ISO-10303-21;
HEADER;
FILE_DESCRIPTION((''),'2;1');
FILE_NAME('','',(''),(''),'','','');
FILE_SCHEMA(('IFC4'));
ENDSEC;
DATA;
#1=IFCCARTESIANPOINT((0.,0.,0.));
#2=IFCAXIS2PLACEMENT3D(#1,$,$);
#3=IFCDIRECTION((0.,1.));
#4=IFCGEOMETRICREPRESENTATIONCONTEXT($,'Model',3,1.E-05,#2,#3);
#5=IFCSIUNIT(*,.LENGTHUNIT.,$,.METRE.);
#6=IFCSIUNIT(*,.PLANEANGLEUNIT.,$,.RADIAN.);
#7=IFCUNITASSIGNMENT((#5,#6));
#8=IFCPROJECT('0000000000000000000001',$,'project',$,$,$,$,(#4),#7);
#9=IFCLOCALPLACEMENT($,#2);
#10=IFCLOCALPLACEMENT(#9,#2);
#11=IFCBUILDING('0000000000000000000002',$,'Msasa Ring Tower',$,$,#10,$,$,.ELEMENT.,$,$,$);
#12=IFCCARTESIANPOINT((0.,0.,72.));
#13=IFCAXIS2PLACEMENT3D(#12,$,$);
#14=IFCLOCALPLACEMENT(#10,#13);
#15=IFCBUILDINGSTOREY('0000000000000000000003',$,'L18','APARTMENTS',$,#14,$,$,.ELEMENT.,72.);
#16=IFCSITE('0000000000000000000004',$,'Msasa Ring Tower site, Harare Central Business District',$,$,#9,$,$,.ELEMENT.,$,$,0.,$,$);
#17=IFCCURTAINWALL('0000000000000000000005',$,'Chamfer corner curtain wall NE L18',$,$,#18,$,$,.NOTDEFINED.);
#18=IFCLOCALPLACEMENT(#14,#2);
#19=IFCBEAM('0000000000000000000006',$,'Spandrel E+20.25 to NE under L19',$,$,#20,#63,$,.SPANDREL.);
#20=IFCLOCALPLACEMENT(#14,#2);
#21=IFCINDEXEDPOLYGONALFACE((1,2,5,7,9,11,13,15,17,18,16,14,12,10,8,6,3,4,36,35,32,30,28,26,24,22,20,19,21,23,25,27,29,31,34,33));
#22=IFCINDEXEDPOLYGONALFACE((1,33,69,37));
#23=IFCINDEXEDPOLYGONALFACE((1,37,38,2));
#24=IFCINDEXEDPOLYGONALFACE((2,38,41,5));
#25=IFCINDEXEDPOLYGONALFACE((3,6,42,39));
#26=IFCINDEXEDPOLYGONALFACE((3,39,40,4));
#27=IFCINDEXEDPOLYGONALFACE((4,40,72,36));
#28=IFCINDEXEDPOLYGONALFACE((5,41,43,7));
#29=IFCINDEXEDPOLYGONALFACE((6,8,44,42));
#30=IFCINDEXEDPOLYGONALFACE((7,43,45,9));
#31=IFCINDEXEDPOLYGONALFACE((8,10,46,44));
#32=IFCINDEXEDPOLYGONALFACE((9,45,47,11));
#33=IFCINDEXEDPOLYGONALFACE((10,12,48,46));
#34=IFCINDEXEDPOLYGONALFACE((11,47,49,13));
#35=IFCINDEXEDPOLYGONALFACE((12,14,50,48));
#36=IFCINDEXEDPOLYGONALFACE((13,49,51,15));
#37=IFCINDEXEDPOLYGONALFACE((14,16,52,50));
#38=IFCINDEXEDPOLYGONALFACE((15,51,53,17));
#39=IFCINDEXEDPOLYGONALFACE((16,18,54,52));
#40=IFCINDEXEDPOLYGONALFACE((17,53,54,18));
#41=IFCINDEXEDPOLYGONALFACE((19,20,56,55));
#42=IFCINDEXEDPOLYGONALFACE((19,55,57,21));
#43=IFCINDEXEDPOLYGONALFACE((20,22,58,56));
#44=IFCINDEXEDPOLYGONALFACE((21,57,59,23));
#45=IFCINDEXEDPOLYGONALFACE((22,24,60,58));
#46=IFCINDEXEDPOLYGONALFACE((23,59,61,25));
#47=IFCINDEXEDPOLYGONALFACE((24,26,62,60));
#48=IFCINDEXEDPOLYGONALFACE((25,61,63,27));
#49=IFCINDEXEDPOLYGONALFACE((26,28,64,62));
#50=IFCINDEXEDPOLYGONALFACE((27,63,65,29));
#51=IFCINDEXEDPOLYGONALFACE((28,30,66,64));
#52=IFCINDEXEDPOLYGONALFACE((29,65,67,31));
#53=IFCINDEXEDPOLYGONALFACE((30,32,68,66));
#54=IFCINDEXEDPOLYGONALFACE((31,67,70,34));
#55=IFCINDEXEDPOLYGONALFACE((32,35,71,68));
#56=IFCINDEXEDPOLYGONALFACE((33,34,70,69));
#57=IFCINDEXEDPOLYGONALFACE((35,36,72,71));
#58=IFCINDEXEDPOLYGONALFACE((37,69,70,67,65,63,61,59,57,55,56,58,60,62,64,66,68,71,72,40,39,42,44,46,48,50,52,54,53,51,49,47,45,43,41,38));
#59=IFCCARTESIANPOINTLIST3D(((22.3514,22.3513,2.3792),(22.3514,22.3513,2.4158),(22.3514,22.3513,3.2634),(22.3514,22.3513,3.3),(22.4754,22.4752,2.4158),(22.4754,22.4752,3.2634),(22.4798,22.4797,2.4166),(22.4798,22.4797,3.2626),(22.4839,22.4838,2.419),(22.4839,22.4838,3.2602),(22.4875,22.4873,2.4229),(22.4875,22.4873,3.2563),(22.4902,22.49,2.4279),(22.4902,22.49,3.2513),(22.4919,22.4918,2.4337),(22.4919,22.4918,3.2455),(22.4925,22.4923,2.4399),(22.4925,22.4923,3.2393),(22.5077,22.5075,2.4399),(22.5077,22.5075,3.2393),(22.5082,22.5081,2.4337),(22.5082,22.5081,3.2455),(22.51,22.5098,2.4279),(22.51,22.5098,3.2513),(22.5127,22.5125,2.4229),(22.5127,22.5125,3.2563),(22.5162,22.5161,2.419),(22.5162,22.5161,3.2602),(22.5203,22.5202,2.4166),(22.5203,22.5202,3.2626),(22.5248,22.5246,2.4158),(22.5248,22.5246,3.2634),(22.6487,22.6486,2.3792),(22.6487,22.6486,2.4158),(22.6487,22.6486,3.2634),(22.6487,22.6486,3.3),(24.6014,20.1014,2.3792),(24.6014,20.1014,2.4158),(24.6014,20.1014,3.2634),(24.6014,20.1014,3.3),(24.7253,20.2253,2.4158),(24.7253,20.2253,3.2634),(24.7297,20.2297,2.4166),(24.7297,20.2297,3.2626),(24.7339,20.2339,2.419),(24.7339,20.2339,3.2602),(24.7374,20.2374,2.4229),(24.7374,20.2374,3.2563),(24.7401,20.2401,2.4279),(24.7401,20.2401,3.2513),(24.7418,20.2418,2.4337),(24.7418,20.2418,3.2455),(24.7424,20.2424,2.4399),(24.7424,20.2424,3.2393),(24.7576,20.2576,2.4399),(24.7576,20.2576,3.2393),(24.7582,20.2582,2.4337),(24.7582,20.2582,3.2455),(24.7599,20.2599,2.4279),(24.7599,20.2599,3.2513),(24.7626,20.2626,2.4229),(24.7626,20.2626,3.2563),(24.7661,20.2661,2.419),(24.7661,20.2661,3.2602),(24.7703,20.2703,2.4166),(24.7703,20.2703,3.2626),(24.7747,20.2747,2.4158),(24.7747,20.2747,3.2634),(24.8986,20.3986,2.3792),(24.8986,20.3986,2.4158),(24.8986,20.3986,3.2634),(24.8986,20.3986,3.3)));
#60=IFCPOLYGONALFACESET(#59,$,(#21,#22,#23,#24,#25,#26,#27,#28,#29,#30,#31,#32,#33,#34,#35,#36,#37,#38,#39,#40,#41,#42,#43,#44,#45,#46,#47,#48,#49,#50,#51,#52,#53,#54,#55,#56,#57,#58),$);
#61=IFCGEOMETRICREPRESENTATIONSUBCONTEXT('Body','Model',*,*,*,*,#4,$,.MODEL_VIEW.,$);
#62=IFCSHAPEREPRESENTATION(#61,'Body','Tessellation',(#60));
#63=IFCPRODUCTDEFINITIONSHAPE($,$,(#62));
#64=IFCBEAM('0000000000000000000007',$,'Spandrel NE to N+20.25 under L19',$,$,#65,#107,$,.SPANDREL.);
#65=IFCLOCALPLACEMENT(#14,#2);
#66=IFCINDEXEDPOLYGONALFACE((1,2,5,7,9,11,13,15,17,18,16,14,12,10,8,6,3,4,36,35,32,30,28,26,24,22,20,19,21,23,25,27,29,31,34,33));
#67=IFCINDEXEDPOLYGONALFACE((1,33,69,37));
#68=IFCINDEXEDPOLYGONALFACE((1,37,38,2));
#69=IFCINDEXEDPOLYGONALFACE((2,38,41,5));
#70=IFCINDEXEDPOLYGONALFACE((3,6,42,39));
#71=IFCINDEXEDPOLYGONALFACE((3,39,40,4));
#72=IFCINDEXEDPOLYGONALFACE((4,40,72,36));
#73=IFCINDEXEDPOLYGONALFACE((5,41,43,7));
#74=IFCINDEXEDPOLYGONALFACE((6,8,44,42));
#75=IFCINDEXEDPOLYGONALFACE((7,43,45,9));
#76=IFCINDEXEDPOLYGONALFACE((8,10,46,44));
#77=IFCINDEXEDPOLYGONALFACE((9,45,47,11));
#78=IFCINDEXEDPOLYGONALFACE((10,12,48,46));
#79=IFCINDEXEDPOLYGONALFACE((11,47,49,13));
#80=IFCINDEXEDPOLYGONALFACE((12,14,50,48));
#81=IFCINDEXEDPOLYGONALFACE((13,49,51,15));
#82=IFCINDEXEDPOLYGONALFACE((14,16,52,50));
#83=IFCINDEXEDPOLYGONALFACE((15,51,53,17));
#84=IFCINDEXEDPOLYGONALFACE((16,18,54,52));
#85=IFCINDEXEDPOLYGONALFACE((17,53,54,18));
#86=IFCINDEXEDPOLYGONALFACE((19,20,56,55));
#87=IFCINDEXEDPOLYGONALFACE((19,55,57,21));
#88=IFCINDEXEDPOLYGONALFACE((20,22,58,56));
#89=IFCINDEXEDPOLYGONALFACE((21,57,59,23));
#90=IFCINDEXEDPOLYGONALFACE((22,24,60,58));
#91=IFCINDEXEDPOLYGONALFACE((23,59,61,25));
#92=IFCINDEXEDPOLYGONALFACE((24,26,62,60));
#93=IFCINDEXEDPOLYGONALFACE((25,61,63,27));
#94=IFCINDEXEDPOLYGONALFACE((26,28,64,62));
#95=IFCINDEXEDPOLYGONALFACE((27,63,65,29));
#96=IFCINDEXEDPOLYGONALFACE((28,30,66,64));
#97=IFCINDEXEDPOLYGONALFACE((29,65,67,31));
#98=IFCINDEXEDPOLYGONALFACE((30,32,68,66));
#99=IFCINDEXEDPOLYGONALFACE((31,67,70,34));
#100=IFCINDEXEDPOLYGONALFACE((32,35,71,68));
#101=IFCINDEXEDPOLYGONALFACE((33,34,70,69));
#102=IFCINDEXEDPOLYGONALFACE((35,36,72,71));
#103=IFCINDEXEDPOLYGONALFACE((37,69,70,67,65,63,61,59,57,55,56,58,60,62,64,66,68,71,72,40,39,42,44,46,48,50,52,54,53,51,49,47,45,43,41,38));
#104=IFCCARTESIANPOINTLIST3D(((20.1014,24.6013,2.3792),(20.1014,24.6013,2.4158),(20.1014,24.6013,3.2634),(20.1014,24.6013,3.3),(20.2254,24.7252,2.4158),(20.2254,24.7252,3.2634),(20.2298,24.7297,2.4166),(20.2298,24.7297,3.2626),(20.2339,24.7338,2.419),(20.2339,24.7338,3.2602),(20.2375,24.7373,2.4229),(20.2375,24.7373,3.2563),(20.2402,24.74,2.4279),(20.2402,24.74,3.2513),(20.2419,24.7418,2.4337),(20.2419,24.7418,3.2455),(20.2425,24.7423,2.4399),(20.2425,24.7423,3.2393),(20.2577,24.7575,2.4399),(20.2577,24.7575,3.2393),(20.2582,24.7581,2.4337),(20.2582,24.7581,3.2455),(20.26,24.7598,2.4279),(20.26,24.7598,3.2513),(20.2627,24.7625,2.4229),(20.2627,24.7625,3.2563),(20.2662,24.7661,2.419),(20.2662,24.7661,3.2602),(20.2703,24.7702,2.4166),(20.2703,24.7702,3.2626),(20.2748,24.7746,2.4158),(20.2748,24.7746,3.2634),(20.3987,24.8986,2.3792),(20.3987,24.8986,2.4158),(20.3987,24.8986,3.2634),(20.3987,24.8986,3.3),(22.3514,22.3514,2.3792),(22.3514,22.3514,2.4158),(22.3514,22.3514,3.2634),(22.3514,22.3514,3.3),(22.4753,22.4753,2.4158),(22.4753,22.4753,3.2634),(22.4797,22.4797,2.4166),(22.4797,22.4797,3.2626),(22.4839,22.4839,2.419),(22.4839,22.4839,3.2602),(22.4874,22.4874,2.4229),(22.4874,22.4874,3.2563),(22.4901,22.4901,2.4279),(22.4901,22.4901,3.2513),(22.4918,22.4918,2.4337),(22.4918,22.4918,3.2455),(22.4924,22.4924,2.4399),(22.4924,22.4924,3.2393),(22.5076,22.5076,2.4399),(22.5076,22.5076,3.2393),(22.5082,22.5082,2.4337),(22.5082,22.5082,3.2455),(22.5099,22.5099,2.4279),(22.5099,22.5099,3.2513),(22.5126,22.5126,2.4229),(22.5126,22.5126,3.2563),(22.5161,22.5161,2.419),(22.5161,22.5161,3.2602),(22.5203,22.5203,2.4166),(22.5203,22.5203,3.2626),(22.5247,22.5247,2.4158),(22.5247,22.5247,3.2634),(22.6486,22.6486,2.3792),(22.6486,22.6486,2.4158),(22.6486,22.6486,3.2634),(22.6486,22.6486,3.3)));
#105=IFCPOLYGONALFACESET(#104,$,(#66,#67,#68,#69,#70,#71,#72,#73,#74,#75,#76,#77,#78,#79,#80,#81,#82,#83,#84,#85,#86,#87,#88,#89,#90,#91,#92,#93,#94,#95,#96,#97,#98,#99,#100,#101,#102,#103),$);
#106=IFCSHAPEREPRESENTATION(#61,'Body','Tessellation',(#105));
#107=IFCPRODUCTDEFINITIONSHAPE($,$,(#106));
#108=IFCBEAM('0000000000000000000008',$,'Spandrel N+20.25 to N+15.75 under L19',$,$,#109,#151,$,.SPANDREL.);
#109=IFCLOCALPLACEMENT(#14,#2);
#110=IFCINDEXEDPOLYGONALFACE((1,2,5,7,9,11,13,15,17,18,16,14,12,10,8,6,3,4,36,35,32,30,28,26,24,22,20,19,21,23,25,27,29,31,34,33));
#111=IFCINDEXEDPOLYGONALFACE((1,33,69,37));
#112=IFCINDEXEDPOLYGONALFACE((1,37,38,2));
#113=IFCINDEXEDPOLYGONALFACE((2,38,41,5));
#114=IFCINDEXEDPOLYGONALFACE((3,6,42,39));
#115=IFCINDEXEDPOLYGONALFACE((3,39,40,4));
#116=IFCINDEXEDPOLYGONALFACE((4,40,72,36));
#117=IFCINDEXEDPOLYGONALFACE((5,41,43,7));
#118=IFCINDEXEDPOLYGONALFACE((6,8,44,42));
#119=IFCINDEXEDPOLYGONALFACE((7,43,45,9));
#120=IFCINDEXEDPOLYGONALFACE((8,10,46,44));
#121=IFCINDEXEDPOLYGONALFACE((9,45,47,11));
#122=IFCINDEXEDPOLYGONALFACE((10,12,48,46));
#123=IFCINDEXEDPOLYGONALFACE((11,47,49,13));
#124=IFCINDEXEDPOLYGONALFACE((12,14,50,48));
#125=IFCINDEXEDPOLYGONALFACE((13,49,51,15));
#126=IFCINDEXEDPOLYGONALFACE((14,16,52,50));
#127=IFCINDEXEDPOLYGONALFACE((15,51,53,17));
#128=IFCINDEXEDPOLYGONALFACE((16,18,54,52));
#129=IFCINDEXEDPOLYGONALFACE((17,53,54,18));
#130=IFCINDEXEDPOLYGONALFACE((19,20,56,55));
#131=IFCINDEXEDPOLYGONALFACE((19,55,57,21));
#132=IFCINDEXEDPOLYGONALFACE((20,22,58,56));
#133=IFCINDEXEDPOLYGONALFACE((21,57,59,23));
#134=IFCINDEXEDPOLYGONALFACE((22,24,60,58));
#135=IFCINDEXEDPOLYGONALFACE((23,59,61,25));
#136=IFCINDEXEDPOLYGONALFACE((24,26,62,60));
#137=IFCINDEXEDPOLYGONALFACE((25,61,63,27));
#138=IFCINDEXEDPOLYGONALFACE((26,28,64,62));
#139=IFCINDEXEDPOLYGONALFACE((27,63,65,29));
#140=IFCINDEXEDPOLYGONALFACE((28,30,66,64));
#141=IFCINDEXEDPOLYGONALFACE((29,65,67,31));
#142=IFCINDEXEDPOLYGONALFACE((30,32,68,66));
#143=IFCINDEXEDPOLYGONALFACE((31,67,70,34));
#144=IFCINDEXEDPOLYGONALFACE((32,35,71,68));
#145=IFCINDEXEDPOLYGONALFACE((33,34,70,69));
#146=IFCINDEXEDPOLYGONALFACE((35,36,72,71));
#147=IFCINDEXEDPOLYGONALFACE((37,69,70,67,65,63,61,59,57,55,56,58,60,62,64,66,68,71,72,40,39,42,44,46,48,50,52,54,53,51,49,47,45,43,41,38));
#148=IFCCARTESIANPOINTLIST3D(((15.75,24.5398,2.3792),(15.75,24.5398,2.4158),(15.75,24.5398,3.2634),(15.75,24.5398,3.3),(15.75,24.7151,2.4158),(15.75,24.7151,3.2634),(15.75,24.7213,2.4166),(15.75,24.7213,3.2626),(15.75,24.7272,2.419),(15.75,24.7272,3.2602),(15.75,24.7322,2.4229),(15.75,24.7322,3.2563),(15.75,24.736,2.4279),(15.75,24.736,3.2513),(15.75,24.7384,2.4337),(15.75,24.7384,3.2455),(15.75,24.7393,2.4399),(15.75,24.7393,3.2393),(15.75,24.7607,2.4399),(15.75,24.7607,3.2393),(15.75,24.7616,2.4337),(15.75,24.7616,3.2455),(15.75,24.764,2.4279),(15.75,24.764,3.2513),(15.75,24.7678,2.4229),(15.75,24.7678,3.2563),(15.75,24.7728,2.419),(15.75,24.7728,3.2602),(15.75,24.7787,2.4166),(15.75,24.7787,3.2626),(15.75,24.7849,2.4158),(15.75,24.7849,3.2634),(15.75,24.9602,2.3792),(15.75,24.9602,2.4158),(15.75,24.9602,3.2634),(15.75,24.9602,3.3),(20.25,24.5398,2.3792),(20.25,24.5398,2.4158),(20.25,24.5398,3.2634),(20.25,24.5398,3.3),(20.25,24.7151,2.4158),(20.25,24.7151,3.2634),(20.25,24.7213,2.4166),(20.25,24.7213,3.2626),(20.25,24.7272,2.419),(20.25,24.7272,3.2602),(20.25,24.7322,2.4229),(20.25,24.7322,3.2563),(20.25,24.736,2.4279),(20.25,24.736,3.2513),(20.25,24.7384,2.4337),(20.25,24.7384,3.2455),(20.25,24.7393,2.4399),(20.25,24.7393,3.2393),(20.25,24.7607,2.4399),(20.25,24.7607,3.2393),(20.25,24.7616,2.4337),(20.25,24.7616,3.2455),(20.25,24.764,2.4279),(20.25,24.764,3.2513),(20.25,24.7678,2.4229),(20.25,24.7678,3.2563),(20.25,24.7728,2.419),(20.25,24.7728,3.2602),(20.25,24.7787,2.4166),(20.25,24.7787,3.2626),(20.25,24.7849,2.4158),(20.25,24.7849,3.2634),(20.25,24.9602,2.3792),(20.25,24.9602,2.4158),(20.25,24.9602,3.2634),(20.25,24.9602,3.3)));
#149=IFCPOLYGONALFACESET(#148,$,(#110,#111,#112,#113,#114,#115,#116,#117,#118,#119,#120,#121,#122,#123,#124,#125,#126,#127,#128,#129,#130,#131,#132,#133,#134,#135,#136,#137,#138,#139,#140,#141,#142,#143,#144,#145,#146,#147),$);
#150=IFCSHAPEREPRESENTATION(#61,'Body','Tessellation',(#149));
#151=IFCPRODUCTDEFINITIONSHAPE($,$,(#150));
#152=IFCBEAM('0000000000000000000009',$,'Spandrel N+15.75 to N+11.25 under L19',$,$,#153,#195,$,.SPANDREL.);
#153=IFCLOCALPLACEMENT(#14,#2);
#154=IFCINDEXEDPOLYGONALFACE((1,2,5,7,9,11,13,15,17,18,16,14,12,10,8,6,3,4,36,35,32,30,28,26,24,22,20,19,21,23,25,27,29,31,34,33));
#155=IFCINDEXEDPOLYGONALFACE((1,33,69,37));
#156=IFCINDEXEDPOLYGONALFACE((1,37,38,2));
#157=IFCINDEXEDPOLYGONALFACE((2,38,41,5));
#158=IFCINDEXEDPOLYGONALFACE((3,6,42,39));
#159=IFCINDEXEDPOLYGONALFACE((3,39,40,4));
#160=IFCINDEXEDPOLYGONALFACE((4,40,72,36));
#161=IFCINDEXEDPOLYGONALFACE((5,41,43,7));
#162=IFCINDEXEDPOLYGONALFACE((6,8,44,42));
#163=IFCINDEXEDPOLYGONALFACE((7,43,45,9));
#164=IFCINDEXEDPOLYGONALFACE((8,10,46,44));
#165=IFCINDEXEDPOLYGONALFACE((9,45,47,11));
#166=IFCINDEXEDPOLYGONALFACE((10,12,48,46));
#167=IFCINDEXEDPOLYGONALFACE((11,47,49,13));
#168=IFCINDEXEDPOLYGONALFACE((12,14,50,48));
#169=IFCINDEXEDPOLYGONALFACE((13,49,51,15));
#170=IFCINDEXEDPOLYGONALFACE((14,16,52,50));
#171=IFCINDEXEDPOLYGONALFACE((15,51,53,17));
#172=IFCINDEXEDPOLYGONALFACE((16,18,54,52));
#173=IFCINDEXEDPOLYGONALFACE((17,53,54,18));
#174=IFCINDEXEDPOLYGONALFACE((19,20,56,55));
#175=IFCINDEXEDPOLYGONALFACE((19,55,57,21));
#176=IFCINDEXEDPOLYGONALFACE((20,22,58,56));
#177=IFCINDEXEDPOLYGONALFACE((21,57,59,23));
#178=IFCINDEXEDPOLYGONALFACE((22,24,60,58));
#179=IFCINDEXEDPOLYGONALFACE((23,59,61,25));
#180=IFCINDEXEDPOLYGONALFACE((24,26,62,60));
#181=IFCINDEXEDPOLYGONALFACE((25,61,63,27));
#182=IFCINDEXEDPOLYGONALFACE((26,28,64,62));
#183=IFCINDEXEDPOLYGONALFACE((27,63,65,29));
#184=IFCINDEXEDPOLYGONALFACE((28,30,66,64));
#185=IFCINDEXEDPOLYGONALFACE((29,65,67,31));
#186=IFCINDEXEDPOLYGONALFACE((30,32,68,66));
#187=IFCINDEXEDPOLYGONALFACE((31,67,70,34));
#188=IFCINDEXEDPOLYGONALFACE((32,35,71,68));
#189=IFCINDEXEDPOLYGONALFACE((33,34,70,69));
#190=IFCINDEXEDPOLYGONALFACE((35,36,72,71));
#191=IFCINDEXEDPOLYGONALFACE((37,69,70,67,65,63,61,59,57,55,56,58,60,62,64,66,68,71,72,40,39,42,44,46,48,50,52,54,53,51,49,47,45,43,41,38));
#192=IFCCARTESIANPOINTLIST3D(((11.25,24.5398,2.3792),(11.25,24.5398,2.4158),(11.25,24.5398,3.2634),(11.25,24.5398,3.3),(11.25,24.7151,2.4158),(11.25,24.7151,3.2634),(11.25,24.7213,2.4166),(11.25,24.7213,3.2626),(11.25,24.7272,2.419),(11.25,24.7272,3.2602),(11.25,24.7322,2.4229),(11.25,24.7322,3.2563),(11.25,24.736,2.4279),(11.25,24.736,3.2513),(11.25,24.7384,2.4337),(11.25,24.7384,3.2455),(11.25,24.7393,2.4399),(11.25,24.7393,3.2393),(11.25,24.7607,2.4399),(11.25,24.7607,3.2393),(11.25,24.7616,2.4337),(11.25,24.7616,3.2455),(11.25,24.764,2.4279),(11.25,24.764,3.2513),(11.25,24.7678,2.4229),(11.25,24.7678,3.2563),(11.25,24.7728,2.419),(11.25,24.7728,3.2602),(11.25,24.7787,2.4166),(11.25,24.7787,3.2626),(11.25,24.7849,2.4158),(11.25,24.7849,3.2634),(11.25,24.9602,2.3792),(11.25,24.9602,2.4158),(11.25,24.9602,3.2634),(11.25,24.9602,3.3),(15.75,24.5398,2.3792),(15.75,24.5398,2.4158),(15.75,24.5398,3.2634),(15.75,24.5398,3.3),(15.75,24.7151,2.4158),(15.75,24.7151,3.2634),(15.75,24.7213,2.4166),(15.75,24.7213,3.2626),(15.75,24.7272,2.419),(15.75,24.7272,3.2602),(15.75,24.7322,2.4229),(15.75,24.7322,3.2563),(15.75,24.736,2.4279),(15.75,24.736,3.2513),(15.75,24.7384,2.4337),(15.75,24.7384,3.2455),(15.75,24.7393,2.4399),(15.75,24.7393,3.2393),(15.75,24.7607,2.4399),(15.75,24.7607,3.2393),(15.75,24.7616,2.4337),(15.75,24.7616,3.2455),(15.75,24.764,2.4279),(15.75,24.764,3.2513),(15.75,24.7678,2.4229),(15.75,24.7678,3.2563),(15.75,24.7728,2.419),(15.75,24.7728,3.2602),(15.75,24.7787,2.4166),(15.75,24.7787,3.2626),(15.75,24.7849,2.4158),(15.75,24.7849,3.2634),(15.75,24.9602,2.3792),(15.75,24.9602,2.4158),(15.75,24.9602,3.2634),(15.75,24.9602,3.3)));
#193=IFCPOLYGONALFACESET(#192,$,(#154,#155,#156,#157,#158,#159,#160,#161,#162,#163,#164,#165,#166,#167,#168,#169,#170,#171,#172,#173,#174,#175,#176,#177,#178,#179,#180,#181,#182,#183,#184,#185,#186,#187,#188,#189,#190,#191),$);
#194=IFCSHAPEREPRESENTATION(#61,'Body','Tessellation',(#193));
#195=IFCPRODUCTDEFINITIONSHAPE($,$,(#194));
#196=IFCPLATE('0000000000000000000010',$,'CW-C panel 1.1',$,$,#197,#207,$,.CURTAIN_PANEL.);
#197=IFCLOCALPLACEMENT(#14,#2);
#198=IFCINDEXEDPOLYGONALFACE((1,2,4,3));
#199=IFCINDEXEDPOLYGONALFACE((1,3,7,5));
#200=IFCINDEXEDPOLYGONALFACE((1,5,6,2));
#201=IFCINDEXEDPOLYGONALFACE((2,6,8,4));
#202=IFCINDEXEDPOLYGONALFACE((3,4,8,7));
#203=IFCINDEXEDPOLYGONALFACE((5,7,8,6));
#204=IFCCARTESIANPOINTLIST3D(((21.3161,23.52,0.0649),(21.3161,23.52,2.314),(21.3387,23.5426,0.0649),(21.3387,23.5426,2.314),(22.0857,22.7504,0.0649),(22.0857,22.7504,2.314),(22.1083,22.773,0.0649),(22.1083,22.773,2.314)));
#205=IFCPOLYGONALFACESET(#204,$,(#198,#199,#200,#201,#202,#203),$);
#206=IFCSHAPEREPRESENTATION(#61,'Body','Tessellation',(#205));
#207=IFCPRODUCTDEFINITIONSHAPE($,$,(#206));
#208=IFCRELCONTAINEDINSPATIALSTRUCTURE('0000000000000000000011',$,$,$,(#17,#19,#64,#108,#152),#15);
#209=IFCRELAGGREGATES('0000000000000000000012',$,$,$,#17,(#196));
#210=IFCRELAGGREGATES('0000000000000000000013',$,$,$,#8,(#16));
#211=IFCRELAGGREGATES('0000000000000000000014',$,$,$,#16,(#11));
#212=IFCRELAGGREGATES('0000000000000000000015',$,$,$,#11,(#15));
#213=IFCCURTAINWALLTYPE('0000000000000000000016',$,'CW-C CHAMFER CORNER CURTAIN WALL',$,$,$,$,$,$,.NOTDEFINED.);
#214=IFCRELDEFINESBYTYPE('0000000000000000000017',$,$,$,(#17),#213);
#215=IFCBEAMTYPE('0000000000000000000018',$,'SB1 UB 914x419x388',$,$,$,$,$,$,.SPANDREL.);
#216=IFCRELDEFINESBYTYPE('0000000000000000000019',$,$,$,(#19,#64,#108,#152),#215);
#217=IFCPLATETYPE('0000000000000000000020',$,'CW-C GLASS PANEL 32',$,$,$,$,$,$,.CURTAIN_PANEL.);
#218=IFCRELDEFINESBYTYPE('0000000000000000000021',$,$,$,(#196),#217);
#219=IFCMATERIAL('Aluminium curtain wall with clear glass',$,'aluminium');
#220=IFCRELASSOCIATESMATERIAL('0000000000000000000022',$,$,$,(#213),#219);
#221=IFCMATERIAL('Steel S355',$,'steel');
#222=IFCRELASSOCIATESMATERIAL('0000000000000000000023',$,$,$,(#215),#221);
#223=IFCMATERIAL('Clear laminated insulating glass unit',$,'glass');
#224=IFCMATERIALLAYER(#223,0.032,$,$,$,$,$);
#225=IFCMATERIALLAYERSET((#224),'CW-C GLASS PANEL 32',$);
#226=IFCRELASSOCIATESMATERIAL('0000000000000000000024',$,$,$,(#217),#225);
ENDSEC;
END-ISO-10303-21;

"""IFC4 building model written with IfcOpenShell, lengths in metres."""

from ifc_helpers import new_model, si_unit, direction, frame, origin, origin_2d, place, context, subcontext, project, spatial, rectangle, i_section, extrude, material, layer, layer_set, material_profile, profile_set, type_object, element, aggregate, save


model = new_model("IFC4")

# Units and contexts
model_context = context("Model", 3, precision=1e-05, world=origin(), true_north=direction((0.0, 1.0)))
body_context = subcontext(model_context, "Body", "Model", "MODEL_VIEW")
ifc_project = project(units=[si_unit("LENGTHUNIT", "METRE"), si_unit("PLANEANGLEUNIT", "RADIAN")], contexts=[model_context])

# Site, building, storey
site_placement = place(None, origin())
site = spatial("IfcSite", under=ifc_project, at=site_placement, Name="Msasa Ring Tower site, Harare Central Business District", CompositionType="ELEMENT", RefElevation=0.0)
building_placement = place(site_placement, origin())
building = spatial("IfcBuilding", under=site, at=building_placement, Name="Msasa Ring Tower", CompositionType="ELEMENT")
storey_placement = place(building_placement, frame((0.0, 0.0, 72.0)))
storey = spatial("IfcBuildingStorey", under=building, at=storey_placement, Name="L18", Description="APARTMENTS", CompositionType="ELEMENT", Elevation=72.0)

# Curtain wall
ifc_material_1 = material(Name="Aluminium curtain wall with clear glass", Category="aluminium")
curtain_wall_type = type_object("IfcCurtainWallType", Name="CW-C CHAMFER CORNER CURTAIN WALL", PredefinedType="NOTDEFINED", material=ifc_material_1)
curtain_wall_1_placement = place(storey_placement, origin())
curtain_wall_1 = element("IfcCurtainWall", 1, at=curtain_wall_1_placement, inside=storey, type_object=curtain_wall_type, Name="Chamfer corner curtain wall NE L18", PredefinedType="NOTDEFINED")

# Beams
ifc_material_2 = material(Name="Steel S355", Category="steel")
ifc_material_profile_1 = material_profile(ifc_material_2, i_section(OverallWidth=0.4204, OverallDepth=0.9209, WebThickness=0.0215, FlangeThickness=0.0366, FilletRadius=0.0242, at=origin_2d()), Name="UB 914x419x388")
ifc_profile_set_1 = profile_set([ifc_material_profile_1], Name="Steel S355")
beam_type_1 = type_object("IfcBeamType", Name="SB1 UB 914x419x388", PredefinedType="SPANDREL", material=ifc_profile_set_1)
for number, where, z_axis, x_axis, name in (
    (2, (24.75, 20.25, 2.8396), (-0.707107, 0.707107, 0.0), (-0.707107, -0.707107, 0.0), "Spandrel E+20.25 to NE under L19"),
    (3, (22.5, 22.5, 2.8396), (-0.707107, 0.707107, 0.0), (-0.707107, -0.707107, 0.0), "Spandrel NE to N+20.25 under L19"),
):
    element("IfcBeam", number, at=place(storey_placement, frame(where, z_axis=z_axis, x_axis=x_axis)), inside=storey, type_object=beam_type_1, Name=name, PredefinedType="SPANDREL", context=body_context, shape_type="SweptSolid", body=[
        extrude(i_section(OverallWidth=0.4204, OverallDepth=0.9209, WebThickness=0.0215, FlangeThickness=0.0366, FilletRadius=0.0242, at=origin_2d()), origin(), (0.0, 0.0, 1.0), 3.1819),
    ])
for number, where, z_axis, x_axis, name in (
    (4, (20.25, 24.75, 2.8396), (-1.0, 0.0, 0.0), (0.0, -1.0, 0.0), "Spandrel N+20.25 to N+15.75 under L19"),
    (5, (15.75, 24.75, 2.8396), (-1.0, 0.0, 0.0), (0.0, -1.0, 0.0), "Spandrel N+15.75 to N+11.25 under L19"),
):
    element("IfcBeam", number, at=place(storey_placement, frame(where, z_axis=z_axis, x_axis=x_axis)), inside=storey, type_object=beam_type_1, Name=name, PredefinedType="SPANDREL", context=body_context, shape_type="SweptSolid", body=[
        extrude(i_section(OverallWidth=0.4204, OverallDepth=0.9209, WebThickness=0.0215, FlangeThickness=0.0366, FilletRadius=0.0242, at=origin_2d()), origin(), (0.0, 0.0, 1.0), 4.5),
    ])

# Plate
ifc_material_3 = material(Name="Clear laminated insulating glass unit", Category="glass")
ifc_layer_1 = layer(ifc_material_3, 0.032)
ifc_layer_set_1 = layer_set([ifc_layer_1], Name="CW-C GLASS PANEL 32")
plate_type = type_object("IfcPlateType", Name="CW-C GLASS PANEL 32", PredefinedType="CURTAIN_PANEL", material=ifc_layer_set_1)
plate_1_placement = place(storey_placement, frame((21.7122, 23.1465, 0.0649), z_axis=(0.0, 0.0, 1.0), x_axis=(-0.707107, 0.707107, 0.0)))
plate_1 = element("IfcPlate", 6, at=plate_1_placement, type_object=plate_type, Name="CW-C panel 1.1", PredefinedType="CURTAIN_PANEL", context=body_context, shape_type="SweptSolid", body=[
    extrude(rectangle(XDim=1.0884, YDim=0.032, at=origin_2d()), origin(), (0.0, 0.0, 1.0), 2.249),
])
aggregate(curtain_wall_1, [plate_1])

save(model, "model.ifc")
